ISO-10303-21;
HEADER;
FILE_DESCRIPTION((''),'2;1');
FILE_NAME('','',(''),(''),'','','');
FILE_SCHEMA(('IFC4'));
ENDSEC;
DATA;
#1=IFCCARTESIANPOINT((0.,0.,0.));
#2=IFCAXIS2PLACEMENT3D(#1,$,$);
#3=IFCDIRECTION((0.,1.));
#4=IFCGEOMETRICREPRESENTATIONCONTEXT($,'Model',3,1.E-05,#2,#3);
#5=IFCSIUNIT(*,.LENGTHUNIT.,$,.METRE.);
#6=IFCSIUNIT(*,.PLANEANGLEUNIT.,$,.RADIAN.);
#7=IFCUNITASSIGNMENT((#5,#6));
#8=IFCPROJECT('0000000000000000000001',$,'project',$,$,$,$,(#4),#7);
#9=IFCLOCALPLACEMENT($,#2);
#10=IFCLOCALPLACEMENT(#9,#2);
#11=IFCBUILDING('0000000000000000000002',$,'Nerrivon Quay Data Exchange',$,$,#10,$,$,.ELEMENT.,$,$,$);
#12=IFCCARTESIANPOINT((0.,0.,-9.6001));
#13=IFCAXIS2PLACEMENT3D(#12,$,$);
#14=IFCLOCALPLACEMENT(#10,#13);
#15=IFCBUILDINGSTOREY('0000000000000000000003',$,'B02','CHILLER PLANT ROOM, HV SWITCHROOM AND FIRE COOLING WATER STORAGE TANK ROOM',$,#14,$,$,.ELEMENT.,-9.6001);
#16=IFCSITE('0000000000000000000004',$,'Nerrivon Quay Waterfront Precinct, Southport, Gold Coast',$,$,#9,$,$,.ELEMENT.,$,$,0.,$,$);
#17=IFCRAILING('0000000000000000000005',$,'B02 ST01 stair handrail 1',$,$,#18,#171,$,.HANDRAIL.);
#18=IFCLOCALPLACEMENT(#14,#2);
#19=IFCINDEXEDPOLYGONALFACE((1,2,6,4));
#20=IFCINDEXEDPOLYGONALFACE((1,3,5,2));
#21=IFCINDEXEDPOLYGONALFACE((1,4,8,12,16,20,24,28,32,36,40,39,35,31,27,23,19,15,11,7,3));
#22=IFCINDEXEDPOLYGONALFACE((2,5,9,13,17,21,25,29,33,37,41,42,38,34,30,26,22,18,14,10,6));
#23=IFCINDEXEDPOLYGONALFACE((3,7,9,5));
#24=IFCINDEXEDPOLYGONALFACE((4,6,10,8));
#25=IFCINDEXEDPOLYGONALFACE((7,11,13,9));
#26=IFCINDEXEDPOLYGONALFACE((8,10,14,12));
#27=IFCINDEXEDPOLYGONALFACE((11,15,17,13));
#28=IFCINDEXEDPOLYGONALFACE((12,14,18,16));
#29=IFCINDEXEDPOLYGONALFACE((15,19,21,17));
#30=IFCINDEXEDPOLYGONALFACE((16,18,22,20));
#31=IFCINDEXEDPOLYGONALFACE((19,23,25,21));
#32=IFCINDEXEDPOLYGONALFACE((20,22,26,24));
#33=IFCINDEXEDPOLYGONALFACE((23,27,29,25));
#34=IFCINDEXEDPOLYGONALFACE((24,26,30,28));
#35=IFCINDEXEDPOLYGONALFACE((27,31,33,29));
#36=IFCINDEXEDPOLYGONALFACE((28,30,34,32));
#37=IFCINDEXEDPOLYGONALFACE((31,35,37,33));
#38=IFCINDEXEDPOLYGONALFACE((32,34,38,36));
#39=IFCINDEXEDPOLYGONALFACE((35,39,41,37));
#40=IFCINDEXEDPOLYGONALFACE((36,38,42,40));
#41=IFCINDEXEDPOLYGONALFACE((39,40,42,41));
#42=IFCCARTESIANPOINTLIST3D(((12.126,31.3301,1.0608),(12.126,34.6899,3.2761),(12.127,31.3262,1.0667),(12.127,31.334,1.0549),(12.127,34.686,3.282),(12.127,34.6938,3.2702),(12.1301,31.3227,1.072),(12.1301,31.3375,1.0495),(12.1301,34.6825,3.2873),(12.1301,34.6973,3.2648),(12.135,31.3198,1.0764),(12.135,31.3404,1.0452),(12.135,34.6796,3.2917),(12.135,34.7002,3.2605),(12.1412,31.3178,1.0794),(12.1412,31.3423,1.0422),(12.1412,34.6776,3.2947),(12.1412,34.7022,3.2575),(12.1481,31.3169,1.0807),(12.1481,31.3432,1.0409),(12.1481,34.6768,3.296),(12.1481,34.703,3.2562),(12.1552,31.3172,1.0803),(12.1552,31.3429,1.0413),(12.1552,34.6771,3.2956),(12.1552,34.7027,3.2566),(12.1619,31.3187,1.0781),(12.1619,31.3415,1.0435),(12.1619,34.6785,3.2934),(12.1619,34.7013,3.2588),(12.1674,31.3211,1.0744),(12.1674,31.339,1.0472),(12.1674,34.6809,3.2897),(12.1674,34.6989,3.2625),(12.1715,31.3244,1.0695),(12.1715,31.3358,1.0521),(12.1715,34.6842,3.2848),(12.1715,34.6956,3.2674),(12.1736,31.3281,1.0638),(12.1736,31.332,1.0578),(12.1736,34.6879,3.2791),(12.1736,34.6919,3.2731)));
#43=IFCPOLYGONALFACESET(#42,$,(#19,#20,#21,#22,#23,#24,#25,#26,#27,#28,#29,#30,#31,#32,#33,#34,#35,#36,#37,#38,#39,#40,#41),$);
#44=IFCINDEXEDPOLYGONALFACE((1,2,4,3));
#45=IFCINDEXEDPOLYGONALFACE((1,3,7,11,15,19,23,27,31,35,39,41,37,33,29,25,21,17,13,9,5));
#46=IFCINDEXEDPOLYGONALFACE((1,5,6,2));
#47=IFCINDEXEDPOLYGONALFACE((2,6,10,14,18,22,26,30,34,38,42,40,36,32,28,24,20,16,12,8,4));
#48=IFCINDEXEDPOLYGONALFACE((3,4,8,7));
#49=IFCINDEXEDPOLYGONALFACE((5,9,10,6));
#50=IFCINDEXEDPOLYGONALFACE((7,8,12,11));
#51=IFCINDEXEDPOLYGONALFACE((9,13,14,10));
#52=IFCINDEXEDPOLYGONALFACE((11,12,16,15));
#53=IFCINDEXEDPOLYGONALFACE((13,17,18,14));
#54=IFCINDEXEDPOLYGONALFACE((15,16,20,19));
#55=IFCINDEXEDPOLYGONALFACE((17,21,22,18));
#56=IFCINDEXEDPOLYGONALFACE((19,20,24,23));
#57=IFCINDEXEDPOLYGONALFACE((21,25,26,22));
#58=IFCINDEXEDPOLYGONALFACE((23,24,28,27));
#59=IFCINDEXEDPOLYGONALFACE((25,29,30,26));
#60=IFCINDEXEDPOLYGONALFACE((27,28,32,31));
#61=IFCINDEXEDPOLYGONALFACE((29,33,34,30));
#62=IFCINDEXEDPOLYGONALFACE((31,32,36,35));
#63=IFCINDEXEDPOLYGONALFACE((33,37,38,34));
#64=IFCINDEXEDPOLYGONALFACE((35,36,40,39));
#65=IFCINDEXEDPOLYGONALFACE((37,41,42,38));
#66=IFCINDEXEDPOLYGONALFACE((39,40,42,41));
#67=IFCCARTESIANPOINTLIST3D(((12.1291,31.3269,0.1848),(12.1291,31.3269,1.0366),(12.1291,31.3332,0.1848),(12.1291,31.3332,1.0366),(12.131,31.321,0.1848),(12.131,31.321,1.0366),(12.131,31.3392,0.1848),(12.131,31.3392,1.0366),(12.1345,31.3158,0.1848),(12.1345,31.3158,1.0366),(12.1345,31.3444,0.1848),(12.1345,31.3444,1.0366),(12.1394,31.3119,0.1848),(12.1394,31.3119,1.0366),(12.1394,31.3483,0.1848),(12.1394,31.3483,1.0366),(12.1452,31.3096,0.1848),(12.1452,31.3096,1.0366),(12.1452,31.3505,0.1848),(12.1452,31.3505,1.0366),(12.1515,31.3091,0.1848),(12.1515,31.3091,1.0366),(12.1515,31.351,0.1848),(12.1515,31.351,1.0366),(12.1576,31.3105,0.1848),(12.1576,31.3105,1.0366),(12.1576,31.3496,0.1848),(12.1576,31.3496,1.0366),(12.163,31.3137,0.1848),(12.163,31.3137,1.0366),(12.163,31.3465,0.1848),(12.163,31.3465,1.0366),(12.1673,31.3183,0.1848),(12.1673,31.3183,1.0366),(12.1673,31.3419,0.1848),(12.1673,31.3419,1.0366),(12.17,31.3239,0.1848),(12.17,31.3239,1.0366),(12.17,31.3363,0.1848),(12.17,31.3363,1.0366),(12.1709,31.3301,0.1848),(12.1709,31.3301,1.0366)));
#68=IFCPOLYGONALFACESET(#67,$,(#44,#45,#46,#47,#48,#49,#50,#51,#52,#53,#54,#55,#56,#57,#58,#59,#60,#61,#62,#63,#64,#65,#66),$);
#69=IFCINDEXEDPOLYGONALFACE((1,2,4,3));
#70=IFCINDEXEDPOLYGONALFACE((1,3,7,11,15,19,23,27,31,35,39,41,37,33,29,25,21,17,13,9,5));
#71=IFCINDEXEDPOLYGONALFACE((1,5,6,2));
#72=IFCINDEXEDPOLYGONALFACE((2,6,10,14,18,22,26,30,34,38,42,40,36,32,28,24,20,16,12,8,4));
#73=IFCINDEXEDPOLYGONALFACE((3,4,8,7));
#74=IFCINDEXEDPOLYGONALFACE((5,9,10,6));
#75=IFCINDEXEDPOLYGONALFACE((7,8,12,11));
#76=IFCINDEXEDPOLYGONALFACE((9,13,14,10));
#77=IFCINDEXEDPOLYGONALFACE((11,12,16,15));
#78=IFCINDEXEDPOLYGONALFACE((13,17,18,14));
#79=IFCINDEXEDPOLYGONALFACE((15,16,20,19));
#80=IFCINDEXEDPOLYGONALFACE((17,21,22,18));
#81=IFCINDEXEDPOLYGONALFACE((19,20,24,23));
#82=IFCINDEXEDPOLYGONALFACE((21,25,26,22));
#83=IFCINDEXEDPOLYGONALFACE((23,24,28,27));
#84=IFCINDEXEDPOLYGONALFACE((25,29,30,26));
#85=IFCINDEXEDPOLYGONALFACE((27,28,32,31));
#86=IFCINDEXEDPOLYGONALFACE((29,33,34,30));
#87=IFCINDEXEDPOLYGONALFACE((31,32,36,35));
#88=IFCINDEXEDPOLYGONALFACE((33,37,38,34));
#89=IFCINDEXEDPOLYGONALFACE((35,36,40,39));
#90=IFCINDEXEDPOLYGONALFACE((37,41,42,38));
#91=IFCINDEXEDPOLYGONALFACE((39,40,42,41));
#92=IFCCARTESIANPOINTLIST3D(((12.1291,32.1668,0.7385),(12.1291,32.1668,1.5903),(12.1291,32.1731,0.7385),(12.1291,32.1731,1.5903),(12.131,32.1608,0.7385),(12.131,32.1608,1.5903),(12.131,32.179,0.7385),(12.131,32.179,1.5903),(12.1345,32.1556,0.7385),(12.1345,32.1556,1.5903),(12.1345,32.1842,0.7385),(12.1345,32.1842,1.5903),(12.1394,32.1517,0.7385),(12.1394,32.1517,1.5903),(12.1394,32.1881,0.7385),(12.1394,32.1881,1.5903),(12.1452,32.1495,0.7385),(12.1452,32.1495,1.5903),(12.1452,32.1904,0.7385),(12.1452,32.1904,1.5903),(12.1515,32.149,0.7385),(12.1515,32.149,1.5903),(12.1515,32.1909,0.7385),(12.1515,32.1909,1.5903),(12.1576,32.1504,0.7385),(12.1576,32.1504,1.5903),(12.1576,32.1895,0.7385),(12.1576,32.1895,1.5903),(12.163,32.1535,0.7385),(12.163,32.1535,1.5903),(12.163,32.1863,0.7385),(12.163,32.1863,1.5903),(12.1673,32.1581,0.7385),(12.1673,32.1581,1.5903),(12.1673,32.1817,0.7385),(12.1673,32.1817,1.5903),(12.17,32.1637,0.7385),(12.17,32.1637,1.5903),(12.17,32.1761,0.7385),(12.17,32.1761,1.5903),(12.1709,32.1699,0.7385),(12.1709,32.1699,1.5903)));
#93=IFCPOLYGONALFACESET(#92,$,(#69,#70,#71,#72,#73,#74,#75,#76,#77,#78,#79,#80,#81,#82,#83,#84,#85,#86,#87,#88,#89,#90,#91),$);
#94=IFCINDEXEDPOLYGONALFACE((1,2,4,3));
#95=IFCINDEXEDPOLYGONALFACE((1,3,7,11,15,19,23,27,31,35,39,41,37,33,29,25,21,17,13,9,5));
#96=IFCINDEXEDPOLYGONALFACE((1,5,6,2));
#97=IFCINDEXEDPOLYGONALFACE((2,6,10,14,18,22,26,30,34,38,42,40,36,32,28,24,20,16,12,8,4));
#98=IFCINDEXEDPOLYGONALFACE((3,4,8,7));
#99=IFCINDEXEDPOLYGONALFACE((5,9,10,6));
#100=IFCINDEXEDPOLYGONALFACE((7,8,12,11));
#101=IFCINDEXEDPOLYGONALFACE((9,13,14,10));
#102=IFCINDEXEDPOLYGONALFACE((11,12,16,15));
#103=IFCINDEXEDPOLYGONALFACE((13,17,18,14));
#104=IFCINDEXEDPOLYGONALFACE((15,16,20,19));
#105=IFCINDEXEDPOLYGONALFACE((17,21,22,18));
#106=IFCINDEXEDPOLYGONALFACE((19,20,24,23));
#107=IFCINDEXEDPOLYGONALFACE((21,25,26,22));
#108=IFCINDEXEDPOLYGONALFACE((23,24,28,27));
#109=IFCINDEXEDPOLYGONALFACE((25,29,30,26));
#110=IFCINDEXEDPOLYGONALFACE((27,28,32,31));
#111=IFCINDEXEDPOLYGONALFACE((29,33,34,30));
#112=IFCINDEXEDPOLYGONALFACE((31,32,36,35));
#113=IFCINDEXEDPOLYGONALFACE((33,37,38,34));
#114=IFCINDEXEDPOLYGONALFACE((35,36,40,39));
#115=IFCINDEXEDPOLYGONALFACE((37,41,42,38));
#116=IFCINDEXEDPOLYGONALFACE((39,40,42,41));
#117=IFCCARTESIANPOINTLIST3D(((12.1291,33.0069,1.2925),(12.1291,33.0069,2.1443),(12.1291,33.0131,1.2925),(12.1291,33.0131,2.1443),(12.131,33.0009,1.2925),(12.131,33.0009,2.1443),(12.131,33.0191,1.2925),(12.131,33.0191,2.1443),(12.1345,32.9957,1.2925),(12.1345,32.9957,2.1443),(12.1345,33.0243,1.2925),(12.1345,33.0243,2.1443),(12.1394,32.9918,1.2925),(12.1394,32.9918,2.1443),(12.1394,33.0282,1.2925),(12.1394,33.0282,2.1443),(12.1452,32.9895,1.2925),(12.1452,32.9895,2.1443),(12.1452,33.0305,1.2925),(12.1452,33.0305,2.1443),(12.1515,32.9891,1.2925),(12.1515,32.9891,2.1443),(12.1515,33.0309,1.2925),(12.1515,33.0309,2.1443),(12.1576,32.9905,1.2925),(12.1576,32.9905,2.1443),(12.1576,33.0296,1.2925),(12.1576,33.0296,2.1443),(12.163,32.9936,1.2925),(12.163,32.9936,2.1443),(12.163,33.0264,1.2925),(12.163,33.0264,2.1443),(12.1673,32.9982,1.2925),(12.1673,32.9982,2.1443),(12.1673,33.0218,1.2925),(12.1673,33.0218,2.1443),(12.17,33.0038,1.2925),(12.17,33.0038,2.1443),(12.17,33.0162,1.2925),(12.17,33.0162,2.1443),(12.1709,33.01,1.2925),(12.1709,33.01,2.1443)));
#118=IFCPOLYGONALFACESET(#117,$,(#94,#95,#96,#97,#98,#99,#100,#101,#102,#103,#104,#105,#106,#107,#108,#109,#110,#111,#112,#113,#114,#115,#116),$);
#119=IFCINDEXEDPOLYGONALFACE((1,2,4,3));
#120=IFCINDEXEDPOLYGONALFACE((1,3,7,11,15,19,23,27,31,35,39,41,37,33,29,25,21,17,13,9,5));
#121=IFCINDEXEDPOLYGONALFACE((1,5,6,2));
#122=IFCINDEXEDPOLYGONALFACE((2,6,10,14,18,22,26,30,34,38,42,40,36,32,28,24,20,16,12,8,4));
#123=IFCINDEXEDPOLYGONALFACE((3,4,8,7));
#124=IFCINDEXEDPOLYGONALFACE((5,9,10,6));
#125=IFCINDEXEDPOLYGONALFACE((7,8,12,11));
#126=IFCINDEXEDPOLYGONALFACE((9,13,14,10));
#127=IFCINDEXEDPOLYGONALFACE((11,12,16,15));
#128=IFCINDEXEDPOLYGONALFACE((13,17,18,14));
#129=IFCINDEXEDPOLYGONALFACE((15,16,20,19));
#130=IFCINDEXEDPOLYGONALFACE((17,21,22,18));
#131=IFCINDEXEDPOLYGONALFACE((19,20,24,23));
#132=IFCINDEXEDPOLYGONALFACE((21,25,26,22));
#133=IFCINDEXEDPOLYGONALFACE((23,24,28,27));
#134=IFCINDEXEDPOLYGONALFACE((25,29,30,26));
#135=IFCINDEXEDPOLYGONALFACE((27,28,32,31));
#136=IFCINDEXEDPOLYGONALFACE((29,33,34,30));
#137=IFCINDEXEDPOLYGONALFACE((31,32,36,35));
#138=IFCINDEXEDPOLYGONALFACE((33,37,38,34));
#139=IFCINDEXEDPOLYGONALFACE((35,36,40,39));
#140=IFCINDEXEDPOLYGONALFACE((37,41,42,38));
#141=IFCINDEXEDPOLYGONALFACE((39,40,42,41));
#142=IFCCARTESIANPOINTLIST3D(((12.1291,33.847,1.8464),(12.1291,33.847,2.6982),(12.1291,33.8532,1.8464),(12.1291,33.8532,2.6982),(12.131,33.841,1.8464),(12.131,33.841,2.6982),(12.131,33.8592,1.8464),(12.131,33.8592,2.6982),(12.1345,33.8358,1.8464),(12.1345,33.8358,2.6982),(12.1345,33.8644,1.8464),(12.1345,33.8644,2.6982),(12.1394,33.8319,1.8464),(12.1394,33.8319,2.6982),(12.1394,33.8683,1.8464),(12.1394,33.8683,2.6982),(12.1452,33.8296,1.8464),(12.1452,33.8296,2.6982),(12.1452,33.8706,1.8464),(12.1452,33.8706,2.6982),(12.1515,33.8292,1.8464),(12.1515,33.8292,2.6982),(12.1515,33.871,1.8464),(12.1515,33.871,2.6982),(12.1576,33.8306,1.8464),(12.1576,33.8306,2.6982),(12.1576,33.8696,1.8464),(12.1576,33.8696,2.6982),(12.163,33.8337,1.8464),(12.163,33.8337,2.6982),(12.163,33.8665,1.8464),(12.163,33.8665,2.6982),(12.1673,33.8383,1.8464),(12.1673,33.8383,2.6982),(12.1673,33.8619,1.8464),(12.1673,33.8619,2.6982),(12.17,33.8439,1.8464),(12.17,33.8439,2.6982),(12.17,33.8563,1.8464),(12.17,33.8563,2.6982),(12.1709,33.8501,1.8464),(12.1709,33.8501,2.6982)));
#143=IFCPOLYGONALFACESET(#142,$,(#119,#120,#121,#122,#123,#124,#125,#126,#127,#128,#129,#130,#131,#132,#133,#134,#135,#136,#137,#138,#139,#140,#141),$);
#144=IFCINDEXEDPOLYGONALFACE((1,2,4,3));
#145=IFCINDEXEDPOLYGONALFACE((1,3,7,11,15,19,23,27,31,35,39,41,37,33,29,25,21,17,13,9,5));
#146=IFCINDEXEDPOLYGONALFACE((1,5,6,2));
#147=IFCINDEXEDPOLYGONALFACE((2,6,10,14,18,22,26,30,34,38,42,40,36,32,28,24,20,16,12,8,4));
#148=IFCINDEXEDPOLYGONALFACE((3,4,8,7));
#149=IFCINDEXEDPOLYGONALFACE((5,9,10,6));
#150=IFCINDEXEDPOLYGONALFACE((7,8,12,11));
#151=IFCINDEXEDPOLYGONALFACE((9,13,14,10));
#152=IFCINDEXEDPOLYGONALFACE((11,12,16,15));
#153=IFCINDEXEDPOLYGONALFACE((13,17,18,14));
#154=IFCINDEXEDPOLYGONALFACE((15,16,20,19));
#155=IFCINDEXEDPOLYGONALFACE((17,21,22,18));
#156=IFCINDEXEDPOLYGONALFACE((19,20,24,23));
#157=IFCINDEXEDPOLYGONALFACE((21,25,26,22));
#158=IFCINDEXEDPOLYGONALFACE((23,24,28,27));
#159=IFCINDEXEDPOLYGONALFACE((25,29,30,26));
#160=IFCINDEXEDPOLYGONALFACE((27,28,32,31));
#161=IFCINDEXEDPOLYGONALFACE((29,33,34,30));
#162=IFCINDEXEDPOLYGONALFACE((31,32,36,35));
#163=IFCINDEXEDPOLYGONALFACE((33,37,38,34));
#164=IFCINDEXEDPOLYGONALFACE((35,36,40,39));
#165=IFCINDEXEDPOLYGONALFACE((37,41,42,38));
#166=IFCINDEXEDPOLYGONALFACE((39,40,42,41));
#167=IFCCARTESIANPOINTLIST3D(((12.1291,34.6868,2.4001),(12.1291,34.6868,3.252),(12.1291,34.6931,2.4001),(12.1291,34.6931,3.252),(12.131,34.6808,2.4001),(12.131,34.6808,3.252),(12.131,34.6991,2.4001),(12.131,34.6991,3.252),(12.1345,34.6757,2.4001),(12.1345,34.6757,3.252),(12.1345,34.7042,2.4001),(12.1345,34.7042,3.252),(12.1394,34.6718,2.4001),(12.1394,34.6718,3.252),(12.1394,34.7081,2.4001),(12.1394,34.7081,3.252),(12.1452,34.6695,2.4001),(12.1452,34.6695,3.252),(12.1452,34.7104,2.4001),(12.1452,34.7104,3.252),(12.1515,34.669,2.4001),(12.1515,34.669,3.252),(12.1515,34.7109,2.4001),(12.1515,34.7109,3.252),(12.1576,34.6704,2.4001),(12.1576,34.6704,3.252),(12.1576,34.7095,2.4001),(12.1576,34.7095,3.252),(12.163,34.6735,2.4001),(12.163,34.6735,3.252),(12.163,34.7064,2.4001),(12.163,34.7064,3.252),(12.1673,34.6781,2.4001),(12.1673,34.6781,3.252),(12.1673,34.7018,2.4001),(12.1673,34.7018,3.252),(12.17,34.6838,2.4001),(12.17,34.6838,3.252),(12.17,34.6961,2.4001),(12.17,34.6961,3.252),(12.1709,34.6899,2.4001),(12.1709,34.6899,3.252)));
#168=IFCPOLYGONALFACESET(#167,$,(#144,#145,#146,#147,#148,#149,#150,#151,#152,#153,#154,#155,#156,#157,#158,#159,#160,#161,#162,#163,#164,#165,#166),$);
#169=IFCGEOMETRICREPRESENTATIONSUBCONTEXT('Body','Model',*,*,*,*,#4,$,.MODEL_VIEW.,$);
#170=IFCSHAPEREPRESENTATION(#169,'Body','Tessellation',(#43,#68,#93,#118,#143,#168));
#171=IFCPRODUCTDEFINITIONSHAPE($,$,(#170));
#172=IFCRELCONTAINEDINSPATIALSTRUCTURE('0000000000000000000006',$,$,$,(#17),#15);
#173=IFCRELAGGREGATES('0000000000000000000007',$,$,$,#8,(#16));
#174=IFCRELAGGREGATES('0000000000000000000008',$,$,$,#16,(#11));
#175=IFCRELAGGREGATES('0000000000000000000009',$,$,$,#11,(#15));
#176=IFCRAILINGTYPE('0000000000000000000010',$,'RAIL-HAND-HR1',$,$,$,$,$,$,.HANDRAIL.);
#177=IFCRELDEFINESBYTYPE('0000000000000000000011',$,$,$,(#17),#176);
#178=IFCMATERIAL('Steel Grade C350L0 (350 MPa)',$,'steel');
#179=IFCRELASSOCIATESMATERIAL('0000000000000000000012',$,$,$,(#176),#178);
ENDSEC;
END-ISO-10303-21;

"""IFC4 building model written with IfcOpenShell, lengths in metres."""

from ifc_helpers import new_model, si_unit, direction, frame, origin, origin_2d, place, context, subcontext, project, spatial, circle, extrude, material, type_object, element, save


model = new_model("IFC4")

# Units and contexts
model_context = context("Model", 3, precision=1e-05, world=origin(), true_north=direction((0.0, 1.0)))
body_context = subcontext(model_context, "Body", "Model", "MODEL_VIEW")
ifc_project = project(units=[si_unit("LENGTHUNIT", "METRE"), si_unit("PLANEANGLEUNIT", "RADIAN")], contexts=[model_context])

# Site, building, storey
site_placement = place(None, origin())
site = spatial("IfcSite", under=ifc_project, at=site_placement, Name="Nerrivon Quay Waterfront Precinct, Southport, Gold Coast", CompositionType="ELEMENT", RefElevation=0.0)
building_placement = place(site_placement, origin())
building = spatial("IfcBuilding", under=site, at=building_placement, Name="Nerrivon Quay Data Exchange", CompositionType="ELEMENT")
storey_placement = place(building_placement, frame((0.0, 0.0, -9.6001)))
storey = spatial("IfcBuildingStorey", under=building, at=storey_placement, Name="B02", Description="CHILLER PLANT ROOM, HV SWITCHROOM AND FIRE COOLING WATER STORAGE TANK ROOM", CompositionType="ELEMENT", Elevation=-9.6001)

# Railing
ifc_material_1 = material(Name="Steel Grade C350L0 (350 MPa)", Category="steel")
railing_type_1 = type_object("IfcRailingType", Name="RAIL-HAND-HR1", PredefinedType="HANDRAIL", material=ifc_material_1)
railing_1_placement = place(storey_placement, frame((12.1499, 31.3301, 0.1848)))
element("IfcRailing", 1, at=railing_1_placement, inside=storey, type_object=railing_type_1, Name="B02 ST01 stair handrail 1", PredefinedType="HANDRAIL", context=body_context, shape_type="SweptSolid", body=[
    extrude(circle(Radius=0.0239, at=origin_2d()), frame((0.0, 0.0, 0.876), z_axis=(0.0, 0.834858, 0.550465), x_axis=(-1.0, 0.0, 0.0)), (0.0, 0.0, 1.0), 4.0244),
    extrude(circle(Radius=0.021, at=origin_2d()), origin(), (0.0, 0.0, 1.0), 0.8518),
    extrude(circle(Radius=0.021, at=origin_2d()), frame((0.0, 0.8398, 0.5537)), (0.0, 0.0, 1.0), 0.8518),
    extrude(circle(Radius=0.021, at=origin_2d()), frame((0.0, 1.6799, 1.1077)), (0.0, 0.0, 1.0), 0.8518),
    extrude(circle(Radius=0.021, at=origin_2d()), frame((0.0, 2.52, 1.6616)), (0.0, 0.0, 1.0), 0.8518),
    extrude(circle(Radius=0.021, at=origin_2d()), frame((0.0, 3.3599, 2.2153)), (0.0, 0.0, 1.0), 0.8518),
])

save(model, "model.ifc")
